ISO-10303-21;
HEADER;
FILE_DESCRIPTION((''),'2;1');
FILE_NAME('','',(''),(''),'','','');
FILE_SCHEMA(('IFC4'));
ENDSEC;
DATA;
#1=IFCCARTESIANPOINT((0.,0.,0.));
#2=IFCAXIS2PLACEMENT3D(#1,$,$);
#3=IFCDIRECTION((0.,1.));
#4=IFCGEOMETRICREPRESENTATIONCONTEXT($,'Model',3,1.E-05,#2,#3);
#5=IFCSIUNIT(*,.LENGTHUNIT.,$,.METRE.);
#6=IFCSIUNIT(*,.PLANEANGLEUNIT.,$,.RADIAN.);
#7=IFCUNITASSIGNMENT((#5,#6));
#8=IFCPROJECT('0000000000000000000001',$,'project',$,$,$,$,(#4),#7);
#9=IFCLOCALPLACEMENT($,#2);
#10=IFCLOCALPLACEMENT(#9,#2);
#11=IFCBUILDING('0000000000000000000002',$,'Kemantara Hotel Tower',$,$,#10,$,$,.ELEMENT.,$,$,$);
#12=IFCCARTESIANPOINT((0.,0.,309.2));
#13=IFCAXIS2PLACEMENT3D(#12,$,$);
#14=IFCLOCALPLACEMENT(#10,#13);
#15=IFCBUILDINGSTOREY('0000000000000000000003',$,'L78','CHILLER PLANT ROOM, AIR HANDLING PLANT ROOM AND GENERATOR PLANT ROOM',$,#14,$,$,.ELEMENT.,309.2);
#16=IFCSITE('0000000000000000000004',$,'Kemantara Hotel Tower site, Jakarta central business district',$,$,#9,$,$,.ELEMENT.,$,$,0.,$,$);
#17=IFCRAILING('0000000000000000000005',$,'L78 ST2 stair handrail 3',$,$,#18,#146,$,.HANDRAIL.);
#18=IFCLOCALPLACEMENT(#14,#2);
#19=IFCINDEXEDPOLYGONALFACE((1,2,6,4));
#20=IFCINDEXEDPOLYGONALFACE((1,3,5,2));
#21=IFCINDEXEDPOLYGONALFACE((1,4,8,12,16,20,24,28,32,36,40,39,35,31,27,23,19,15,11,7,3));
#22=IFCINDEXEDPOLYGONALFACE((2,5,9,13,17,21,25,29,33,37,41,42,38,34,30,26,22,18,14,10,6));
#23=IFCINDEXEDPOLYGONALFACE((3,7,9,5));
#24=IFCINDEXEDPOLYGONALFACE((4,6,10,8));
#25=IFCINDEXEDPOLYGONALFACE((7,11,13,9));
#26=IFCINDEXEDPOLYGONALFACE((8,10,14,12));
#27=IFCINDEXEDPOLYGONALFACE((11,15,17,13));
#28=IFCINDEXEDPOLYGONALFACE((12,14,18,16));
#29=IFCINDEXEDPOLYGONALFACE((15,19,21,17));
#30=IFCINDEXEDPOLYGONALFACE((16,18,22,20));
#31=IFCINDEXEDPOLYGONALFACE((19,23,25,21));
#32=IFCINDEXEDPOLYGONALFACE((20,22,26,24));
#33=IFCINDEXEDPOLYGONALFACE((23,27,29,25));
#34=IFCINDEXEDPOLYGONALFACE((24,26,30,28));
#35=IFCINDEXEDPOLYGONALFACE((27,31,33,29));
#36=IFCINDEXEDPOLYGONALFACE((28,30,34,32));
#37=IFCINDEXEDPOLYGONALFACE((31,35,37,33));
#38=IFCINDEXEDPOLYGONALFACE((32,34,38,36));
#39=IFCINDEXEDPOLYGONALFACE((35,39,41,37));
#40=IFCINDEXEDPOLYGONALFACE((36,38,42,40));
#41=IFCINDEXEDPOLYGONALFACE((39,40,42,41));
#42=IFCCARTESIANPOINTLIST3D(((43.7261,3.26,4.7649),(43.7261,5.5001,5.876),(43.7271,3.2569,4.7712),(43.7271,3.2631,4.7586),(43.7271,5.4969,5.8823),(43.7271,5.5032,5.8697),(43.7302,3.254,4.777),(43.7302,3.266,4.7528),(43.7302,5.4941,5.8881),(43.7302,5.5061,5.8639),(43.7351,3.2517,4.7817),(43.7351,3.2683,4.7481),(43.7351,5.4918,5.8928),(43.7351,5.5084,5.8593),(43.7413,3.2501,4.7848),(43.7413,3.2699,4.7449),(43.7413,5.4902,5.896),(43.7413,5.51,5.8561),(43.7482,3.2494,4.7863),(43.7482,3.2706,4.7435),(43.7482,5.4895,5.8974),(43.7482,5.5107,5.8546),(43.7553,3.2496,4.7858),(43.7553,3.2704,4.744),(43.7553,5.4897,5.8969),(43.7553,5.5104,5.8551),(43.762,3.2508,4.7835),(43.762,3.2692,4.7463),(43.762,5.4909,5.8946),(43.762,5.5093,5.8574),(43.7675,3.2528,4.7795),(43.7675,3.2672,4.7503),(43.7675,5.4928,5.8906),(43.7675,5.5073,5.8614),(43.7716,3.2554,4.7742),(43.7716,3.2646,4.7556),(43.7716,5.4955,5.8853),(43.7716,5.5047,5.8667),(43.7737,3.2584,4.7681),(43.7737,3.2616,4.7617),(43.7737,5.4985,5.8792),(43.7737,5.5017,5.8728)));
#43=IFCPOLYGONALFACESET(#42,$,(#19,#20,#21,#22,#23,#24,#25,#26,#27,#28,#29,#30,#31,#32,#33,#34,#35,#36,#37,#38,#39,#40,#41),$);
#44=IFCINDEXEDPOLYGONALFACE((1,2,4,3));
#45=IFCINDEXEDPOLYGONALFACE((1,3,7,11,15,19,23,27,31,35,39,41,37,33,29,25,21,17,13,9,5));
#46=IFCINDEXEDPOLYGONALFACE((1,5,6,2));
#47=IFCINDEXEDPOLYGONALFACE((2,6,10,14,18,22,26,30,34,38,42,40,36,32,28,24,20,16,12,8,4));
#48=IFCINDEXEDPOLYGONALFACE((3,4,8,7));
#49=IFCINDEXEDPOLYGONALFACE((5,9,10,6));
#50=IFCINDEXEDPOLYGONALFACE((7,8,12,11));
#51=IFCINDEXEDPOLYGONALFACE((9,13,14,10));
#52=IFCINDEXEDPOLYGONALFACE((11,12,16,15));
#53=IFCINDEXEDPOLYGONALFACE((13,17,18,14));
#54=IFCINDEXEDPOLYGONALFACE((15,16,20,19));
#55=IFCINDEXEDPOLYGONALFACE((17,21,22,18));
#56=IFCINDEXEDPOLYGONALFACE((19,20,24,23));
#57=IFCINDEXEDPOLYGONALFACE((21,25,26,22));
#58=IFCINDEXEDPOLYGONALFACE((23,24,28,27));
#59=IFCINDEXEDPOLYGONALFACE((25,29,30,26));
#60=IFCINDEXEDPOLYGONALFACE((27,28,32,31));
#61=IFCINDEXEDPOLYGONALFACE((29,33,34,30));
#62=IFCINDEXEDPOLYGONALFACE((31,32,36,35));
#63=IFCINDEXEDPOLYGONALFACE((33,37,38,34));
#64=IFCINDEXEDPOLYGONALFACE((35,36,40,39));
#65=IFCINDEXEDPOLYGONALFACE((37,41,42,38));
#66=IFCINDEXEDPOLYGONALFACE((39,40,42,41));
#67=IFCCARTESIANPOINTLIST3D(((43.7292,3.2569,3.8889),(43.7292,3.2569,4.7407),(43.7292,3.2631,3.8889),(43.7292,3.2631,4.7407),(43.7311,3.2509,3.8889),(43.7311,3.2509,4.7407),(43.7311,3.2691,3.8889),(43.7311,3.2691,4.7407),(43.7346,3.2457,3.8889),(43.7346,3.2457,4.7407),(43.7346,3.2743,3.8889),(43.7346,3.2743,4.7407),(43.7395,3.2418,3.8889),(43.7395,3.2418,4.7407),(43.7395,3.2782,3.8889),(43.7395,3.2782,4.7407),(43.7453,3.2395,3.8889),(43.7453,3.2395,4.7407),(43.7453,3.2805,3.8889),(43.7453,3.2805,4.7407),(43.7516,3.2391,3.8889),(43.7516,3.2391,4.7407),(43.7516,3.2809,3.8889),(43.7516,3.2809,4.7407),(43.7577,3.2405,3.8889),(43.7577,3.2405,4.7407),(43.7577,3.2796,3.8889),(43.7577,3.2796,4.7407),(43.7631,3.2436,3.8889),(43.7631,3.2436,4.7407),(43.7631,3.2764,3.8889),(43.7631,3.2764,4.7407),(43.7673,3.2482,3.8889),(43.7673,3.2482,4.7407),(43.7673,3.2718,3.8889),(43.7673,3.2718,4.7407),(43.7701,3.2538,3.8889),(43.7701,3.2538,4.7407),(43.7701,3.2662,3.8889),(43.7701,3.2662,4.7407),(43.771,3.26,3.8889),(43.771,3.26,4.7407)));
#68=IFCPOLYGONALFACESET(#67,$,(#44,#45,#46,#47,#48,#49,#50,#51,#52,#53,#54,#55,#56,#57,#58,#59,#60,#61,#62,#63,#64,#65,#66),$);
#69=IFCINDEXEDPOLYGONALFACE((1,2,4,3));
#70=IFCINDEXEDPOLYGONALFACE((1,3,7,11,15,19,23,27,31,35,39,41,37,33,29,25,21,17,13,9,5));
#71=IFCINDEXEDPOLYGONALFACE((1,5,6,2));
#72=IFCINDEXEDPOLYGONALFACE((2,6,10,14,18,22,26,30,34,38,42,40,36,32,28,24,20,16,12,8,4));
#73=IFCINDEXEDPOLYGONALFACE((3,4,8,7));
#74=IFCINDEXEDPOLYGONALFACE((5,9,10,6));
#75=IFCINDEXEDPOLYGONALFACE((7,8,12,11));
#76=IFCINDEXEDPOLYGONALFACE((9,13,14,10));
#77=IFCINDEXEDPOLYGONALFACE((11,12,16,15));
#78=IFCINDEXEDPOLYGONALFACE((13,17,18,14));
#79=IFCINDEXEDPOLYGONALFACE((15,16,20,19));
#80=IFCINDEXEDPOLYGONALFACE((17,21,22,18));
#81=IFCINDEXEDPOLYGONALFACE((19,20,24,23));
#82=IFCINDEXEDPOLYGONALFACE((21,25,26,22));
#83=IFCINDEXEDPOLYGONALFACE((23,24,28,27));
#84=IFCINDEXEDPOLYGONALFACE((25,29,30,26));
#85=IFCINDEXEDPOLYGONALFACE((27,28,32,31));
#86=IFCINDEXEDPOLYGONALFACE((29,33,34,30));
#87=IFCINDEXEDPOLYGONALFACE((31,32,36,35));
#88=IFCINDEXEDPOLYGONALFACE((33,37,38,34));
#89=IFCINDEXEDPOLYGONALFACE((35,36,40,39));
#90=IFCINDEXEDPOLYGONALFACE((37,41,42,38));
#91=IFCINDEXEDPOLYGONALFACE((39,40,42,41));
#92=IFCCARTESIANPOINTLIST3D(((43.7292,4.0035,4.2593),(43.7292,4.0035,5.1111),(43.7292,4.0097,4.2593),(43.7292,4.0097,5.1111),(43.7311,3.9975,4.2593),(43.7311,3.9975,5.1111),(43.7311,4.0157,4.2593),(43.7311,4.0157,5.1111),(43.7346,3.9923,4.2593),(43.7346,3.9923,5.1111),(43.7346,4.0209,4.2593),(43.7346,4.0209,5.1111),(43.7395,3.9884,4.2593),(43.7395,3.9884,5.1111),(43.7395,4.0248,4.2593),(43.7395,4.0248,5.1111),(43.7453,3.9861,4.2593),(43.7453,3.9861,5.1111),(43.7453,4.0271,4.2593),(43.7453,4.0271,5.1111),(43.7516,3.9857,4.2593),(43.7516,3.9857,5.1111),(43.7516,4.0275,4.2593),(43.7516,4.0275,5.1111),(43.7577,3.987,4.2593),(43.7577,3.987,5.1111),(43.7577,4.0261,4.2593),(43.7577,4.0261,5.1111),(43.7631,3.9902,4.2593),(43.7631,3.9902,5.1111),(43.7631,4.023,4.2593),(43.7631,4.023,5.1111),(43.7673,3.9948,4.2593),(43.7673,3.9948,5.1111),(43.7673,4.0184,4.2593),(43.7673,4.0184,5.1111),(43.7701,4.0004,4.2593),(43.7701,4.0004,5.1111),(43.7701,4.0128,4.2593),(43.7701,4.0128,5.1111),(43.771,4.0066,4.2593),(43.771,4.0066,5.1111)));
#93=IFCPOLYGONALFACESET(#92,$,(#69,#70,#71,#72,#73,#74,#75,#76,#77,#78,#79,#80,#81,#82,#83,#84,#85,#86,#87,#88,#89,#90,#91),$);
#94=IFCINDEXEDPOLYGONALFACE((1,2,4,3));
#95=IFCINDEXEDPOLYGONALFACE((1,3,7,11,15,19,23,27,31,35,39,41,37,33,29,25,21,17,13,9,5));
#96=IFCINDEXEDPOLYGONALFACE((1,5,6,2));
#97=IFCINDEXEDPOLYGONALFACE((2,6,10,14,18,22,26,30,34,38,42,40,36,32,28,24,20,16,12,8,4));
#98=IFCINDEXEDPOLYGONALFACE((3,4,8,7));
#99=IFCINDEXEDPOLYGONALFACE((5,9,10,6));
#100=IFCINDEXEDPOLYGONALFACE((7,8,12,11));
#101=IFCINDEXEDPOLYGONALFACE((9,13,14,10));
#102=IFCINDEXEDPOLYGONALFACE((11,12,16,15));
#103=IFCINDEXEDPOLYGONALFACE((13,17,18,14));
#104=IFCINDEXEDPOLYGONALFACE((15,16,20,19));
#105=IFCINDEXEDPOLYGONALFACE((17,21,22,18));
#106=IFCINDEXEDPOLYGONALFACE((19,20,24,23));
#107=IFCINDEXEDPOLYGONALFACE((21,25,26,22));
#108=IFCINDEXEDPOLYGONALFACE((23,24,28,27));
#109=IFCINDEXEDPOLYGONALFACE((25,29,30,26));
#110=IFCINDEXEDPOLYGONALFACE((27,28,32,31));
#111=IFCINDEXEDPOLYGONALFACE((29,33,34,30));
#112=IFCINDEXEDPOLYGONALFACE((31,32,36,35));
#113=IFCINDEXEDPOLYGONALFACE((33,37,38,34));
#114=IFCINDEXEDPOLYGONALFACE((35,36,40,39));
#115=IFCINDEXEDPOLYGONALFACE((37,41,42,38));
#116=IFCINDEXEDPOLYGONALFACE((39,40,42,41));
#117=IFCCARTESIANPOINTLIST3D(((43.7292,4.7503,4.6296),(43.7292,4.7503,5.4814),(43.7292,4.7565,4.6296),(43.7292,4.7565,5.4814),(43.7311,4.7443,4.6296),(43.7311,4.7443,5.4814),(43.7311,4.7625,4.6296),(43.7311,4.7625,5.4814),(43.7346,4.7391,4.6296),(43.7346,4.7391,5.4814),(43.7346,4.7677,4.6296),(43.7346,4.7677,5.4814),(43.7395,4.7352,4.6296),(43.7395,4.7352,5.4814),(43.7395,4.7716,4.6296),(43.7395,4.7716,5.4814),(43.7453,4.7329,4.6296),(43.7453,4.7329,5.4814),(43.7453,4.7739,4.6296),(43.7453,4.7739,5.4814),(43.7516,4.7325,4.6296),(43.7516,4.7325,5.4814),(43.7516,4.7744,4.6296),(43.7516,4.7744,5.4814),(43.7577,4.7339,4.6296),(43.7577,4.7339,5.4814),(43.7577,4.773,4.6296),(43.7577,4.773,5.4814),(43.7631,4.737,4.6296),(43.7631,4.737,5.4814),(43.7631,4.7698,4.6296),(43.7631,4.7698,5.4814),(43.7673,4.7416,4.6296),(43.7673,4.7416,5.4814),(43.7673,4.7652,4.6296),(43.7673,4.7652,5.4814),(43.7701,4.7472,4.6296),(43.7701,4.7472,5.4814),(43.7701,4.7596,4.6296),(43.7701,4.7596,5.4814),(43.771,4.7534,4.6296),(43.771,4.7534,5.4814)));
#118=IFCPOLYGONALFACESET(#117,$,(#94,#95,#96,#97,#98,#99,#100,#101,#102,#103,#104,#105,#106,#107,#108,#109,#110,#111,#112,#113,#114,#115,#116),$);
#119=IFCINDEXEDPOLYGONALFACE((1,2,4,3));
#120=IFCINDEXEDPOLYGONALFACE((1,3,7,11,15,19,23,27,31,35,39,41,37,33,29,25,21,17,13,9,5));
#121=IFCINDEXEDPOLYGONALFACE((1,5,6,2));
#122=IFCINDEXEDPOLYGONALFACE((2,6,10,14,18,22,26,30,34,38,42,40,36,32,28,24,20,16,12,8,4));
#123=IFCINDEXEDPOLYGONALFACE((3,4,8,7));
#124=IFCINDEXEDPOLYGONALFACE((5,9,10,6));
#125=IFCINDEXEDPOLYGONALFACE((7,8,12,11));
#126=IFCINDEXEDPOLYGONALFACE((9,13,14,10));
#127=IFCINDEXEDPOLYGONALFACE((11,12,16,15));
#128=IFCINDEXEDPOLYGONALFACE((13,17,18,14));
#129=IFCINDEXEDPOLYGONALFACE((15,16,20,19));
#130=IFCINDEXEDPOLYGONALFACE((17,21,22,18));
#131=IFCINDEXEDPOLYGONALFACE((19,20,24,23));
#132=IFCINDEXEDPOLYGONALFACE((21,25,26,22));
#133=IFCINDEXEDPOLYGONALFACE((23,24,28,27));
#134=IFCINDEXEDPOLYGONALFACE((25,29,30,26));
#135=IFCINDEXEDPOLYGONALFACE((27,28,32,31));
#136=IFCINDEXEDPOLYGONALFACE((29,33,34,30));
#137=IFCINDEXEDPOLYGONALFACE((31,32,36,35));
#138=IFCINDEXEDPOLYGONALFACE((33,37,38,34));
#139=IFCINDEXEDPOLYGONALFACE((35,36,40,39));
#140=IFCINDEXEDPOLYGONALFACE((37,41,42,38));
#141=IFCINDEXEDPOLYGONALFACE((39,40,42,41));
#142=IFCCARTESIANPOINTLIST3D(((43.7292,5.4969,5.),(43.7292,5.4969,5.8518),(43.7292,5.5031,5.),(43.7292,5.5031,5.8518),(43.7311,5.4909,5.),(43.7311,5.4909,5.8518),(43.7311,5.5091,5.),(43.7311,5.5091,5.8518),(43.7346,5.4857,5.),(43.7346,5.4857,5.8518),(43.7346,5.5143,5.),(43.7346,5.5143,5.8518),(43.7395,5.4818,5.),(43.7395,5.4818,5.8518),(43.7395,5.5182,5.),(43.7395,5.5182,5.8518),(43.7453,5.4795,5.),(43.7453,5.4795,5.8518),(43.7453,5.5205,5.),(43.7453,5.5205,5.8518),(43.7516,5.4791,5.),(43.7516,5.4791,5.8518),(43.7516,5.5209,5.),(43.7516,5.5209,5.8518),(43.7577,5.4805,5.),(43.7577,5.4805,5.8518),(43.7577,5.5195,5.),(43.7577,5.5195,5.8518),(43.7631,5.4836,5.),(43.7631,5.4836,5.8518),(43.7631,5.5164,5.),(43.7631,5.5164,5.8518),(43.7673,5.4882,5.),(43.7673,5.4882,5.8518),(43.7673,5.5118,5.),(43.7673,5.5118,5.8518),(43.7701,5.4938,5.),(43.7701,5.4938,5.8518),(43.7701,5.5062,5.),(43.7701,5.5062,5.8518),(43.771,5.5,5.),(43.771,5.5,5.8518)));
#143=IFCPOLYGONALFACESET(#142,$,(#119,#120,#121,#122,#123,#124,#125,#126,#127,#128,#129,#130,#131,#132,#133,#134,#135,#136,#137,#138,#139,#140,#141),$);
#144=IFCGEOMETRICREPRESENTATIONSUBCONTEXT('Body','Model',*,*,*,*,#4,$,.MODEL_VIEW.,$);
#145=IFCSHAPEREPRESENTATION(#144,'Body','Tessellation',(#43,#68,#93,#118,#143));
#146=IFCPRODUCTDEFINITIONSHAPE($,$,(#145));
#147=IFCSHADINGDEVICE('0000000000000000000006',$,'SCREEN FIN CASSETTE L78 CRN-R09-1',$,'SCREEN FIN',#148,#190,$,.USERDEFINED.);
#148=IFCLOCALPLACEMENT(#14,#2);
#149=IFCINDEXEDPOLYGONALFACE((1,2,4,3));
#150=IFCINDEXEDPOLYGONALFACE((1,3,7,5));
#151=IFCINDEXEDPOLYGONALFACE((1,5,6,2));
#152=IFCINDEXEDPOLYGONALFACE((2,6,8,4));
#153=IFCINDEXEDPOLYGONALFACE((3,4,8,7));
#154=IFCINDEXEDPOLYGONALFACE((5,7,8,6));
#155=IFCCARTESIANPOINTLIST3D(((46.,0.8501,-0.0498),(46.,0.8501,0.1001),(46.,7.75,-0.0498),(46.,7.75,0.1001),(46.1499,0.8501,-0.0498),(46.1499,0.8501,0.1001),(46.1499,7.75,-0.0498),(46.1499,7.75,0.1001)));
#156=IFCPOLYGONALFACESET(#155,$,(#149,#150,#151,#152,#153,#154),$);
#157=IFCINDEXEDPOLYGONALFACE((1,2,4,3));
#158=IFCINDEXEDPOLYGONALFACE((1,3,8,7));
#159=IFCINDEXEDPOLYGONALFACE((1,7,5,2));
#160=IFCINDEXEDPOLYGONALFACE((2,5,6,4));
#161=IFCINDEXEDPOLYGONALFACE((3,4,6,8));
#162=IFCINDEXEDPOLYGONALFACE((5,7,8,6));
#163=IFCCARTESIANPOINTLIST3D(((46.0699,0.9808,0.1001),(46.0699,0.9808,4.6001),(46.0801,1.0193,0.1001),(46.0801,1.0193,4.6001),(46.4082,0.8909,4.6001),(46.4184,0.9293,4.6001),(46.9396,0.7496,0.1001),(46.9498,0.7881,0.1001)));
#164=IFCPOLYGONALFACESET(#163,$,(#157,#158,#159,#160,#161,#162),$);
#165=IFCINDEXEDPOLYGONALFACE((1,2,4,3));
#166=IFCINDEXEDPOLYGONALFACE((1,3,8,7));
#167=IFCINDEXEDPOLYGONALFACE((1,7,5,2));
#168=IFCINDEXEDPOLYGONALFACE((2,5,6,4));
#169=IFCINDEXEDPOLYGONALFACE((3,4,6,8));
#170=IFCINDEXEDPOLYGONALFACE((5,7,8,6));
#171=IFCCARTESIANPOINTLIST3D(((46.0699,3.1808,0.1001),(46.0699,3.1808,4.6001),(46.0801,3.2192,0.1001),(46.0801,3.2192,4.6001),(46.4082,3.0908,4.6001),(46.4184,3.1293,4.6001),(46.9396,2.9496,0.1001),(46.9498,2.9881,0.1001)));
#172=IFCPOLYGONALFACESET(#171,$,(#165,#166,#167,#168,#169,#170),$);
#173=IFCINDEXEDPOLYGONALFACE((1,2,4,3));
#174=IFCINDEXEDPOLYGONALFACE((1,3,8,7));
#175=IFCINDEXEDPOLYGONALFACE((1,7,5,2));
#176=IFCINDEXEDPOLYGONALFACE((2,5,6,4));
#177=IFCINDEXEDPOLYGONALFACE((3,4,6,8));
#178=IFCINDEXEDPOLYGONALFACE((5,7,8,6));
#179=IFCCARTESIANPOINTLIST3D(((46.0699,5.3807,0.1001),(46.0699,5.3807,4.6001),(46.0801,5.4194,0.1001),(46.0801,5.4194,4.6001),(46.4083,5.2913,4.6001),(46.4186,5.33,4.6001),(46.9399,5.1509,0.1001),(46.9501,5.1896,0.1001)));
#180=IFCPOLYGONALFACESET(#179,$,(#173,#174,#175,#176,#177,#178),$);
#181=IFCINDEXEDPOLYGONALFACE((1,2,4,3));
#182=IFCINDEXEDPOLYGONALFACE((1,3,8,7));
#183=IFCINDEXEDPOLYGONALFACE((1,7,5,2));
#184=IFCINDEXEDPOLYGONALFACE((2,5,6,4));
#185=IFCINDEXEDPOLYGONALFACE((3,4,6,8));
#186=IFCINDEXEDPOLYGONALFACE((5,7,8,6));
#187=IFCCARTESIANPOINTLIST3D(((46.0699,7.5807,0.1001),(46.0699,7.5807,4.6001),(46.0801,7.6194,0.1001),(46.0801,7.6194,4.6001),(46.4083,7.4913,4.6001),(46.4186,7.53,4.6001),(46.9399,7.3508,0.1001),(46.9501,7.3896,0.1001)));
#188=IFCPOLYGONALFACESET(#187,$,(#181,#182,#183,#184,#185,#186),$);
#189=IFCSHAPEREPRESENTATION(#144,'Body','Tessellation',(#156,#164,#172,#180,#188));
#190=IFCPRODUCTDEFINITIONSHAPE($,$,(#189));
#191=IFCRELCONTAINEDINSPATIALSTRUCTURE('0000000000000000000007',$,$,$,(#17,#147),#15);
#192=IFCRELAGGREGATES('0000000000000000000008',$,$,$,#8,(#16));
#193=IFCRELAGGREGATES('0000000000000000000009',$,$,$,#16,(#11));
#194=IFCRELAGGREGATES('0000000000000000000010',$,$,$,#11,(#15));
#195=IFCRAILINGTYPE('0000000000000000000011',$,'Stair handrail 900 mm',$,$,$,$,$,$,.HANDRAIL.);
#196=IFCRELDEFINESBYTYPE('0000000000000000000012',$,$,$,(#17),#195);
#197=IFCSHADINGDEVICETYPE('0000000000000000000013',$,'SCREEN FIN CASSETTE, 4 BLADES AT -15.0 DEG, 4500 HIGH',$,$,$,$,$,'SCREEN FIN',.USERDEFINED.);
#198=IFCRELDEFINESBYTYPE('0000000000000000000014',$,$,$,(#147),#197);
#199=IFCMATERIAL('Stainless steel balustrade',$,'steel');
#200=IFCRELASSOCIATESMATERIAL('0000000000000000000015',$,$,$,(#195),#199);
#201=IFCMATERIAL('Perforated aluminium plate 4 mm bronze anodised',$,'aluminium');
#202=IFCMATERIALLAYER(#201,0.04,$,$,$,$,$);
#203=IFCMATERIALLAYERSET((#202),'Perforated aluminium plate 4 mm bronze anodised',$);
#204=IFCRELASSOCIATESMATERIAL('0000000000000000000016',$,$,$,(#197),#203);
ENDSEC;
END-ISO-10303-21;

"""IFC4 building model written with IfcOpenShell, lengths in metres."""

from ifc_helpers import new_model, si_unit, direction, frame, origin, origin_2d, place, context, subcontext, project, spatial, polyline, rectangle, circle, outline, extrude, source, transform, mapped, material, layer, layer_set, type_object, element, save


model = new_model("IFC4")

# Units and contexts
model_context = context("Model", 3, precision=1e-05, world=origin(), true_north=direction((0.0, 1.0)))
body_context = subcontext(model_context, "Body", "Model", "MODEL_VIEW")
ifc_project = project(units=[si_unit("LENGTHUNIT", "METRE"), si_unit("PLANEANGLEUNIT", "RADIAN")], contexts=[model_context])

# Site, building, storey
site_placement = place(None, origin())
site = spatial("IfcSite", under=ifc_project, at=site_placement, Name="Kemantara Hotel Tower site, Jakarta central business district", CompositionType="ELEMENT", RefElevation=0.0)
building_placement = place(site_placement, origin())
building = spatial("IfcBuilding", under=site, at=building_placement, Name="Kemantara Hotel Tower", CompositionType="ELEMENT")
storey_placement = place(building_placement, frame((0.0, 0.0, 309.2)))
storey = spatial("IfcBuildingStorey", under=building, at=storey_placement, Name="L78", Description="CHILLER PLANT ROOM, AIR HANDLING PLANT ROOM AND GENERATOR PLANT ROOM", CompositionType="ELEMENT", Elevation=309.2)

# Railing
ifc_material_1 = material(Name="Stainless steel balustrade", Category="steel")
railing_type = type_object("IfcRailingType", Name="Stair handrail 900 mm", PredefinedType="HANDRAIL", material=ifc_material_1)
railing_1_placement = place(storey_placement, frame((43.75, 3.26, 3.8889)))
element("IfcRailing", 1, at=railing_1_placement, inside=storey, type_object=railing_type, Name="L78 ST2 stair handrail 3", PredefinedType="HANDRAIL", context=body_context, shape_type="SweptSolid", body=[
    extrude(circle(Radius=0.0239, at=origin_2d()), frame((0.0, 0.0, 0.876), z_axis=(0.0, 0.895848, 0.44436), x_axis=(-1.0, 0.0, 0.0)), (0.0, 0.0, 1.0), 2.5005),
    extrude(circle(Radius=0.021, at=origin_2d()), origin(), (0.0, 0.0, 1.0), 0.8518),
    extrude(circle(Radius=0.021, at=origin_2d()), frame((0.0, 0.7466, 0.3704)), (0.0, 0.0, 1.0), 0.8518),
    extrude(circle(Radius=0.021, at=origin_2d()), frame((0.0, 1.4934, 0.7407)), (0.0, 0.0, 1.0), 0.8518),
    extrude(circle(Radius=0.021, at=origin_2d()), frame((0.0, 2.24, 1.1111)), (0.0, 0.0, 1.0), 0.8518),
])

# Shading device
ifc_material_2 = material(Name="Perforated aluminium plate 4 mm bronze anodised", Category="aluminium")
ifc_layer_1 = layer(ifc_material_2, 0.04)
ifc_layer_set_1 = layer_set([ifc_layer_1], Name="Perforated aluminium plate 4 mm bronze anodised")
shading_device_type_1 = type_object("IfcShadingDeviceType", Name="SCREEN FIN CASSETTE, 4 BLADES AT -15.0 DEG, 4500 HIGH", ElementType="SCREEN FIN", PredefinedType="USERDEFINED", material=ifc_layer_set_1)
shared_shape_1 = source(origin(), body_context, "Body", "SweptSolid", [
    extrude(rectangle(XDim=6.8999, YDim=0.1499, at=origin_2d()), frame((3.3, -0.075, -0.1499), z_axis=(0.0, 0.0, 1.0), x_axis=(1.0, 0.0, 0.0)), (0.0, 0.0, 1.0), 0.1499),
    extrude(outline(polyline([(0.0, 0.0), (0.8999, 0.0), (0.3501, 4.5), (0.0, 4.5), (0.0, 0.0)])), frame((0.0193, -0.0801, 0.0), z_axis=(-0.966438, 0.256901, 0.0), x_axis=(-0.256901, -0.966438, 0.0)), (0.0, 0.0, 1.0), 0.0398),
    extrude(outline(polyline([(0.0, 0.0), (0.8999, 0.0), (0.3501, 4.5), (0.0, 4.5), (0.0, 0.0)])), frame((2.2192, -0.0801, 0.0), z_axis=(-0.966438, 0.256901, 0.0), x_axis=(-0.256901, -0.966438, 0.0)), (0.0, 0.0, 1.0), 0.0398),
    extrude(outline(polyline([(0.0, 0.0), (0.8999, 0.0), (0.3501, 4.5), (0.0, 4.5), (0.0, 0.0)])), frame((4.4194, -0.0801, 0.0), z_axis=(-0.966838, 0.255391, 0.0), x_axis=(-0.255391, -0.966838, 0.0)), (0.0, 0.0, 1.0), 0.04),
    extrude(outline(polyline([(0.0, 0.0), (0.8999, 0.0), (0.3501, 4.5), (0.0, 4.5), (0.0, 0.0)])), frame((6.6194, -0.0801, 0.0), z_axis=(-0.966838, 0.255391, 0.0), x_axis=(-0.255391, -0.966838, 0.0)), (0.0, 0.0, 1.0), 0.04),
])
shading_device_1_placement = place(storey_placement, frame((46.0, 1.0, 0.1001), z_axis=(0.0, 0.0, 1.0), x_axis=(0.0, 1.0, 0.0)))
element("IfcShadingDevice", 2, at=shading_device_1_placement, inside=storey, type_object=shading_device_type_1, Name="SCREEN FIN CASSETTE L78 CRN-R09-1", ObjectType="SCREEN FIN", PredefinedType="USERDEFINED", context=body_context, shape_type="MappedRepresentation", body=[
    mapped(shared_shape_1, transform((0.0, 0.0, 0.0))),
])

save(model, "model.ifc")
